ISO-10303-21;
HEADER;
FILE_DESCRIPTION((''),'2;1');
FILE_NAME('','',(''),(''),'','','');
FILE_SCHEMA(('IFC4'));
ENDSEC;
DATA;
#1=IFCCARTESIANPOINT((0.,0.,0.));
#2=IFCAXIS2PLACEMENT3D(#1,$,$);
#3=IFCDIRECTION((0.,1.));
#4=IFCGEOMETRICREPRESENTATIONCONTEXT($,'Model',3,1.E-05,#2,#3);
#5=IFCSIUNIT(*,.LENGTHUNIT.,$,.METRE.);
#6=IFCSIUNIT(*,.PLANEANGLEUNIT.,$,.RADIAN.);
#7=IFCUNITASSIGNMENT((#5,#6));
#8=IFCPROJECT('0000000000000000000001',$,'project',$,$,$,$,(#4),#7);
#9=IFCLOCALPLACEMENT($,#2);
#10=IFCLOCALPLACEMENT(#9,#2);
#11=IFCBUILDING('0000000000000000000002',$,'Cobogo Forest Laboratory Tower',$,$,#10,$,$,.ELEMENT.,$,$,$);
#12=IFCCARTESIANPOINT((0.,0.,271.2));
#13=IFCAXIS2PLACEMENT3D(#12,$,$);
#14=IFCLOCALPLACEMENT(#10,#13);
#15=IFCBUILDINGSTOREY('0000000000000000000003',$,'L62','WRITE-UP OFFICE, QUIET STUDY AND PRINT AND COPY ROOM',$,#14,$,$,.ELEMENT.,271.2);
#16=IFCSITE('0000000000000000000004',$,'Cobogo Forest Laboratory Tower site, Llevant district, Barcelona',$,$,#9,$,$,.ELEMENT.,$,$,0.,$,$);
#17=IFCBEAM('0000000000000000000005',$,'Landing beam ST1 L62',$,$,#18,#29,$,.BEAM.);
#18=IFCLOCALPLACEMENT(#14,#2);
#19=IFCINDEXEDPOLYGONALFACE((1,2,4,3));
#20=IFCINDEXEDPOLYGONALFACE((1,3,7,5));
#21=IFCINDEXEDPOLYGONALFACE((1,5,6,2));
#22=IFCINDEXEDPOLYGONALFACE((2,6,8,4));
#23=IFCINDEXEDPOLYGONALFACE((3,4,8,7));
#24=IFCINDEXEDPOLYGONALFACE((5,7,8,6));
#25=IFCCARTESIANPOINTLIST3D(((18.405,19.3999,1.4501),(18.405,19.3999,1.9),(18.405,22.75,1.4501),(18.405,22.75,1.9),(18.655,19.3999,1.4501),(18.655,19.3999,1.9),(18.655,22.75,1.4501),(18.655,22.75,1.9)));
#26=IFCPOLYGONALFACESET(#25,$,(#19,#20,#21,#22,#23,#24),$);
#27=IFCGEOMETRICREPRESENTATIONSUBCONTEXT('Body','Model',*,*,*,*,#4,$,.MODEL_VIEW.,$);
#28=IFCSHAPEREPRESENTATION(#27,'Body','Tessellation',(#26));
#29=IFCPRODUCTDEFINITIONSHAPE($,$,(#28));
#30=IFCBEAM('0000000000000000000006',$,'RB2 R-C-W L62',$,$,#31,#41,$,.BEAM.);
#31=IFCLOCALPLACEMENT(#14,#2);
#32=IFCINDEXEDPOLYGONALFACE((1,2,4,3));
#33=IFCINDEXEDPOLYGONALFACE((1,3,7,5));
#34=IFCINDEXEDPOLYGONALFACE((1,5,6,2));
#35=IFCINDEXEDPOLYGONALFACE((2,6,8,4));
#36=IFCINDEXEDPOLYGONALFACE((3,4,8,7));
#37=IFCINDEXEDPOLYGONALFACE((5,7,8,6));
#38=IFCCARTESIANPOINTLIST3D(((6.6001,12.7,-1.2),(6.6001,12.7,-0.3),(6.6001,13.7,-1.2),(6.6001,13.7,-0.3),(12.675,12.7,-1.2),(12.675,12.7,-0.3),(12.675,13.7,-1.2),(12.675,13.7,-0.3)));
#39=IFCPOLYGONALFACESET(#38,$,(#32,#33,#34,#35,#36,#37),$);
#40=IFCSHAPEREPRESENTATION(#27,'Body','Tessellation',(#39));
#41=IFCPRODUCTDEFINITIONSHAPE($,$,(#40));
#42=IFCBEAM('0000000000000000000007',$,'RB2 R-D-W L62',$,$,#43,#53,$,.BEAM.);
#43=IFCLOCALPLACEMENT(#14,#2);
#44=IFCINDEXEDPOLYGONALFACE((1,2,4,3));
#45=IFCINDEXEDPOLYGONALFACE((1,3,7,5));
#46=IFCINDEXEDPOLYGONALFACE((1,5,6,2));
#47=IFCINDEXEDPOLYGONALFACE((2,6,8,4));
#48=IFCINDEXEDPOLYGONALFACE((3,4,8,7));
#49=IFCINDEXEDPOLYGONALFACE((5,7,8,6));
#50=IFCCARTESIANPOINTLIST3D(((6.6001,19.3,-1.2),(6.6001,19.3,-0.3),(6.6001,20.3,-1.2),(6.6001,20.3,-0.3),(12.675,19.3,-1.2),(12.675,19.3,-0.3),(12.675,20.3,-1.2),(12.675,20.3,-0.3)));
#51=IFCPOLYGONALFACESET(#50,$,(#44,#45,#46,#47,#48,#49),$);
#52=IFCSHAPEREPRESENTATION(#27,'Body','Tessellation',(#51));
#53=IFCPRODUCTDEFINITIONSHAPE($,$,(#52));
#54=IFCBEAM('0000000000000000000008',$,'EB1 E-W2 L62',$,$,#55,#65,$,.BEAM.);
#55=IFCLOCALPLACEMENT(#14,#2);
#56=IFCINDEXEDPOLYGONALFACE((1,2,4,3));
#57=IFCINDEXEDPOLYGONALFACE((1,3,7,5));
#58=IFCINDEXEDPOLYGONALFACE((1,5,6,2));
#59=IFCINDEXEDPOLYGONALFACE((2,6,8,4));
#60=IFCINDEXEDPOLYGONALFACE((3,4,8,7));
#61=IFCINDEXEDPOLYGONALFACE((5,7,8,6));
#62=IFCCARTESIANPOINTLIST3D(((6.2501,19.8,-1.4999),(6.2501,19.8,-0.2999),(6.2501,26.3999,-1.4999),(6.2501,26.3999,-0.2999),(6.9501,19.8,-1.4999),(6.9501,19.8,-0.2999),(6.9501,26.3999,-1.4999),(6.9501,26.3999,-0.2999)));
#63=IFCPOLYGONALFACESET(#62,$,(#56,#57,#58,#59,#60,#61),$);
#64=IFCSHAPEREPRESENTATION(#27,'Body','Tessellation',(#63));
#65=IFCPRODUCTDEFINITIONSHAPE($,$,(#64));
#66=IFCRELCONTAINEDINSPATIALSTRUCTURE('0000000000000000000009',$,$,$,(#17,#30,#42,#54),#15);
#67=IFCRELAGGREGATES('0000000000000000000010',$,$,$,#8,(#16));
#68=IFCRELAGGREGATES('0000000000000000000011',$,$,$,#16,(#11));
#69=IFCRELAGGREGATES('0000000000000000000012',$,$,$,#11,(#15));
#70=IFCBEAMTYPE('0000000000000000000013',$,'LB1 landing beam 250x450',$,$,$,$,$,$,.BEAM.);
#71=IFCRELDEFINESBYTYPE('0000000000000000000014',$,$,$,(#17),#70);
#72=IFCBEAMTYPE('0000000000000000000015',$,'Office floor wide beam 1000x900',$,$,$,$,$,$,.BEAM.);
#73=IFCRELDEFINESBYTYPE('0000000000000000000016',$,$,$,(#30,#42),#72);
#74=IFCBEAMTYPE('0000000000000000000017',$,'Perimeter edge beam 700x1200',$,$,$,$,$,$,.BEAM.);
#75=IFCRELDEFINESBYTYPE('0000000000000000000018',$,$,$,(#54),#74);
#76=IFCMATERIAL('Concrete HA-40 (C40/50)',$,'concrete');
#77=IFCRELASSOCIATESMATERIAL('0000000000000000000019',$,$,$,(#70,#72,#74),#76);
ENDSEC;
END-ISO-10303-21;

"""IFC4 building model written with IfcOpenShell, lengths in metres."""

from ifc_helpers import new_model, si_unit, direction, frame, origin, origin_2d, place, context, subcontext, project, spatial, rectangle, extrude, material, material_profile, profile_set, type_object, element, save


model = new_model("IFC4")

# Units and contexts
model_context = context("Model", 3, precision=1e-05, world=origin(), true_north=direction((0.0, 1.0)))
body_context = subcontext(model_context, "Body", "Model", "MODEL_VIEW")
ifc_project = project(units=[si_unit("LENGTHUNIT", "METRE"), si_unit("PLANEANGLEUNIT", "RADIAN")], contexts=[model_context])

# Site, building, storey
site_placement = place(None, origin())
site = spatial("IfcSite", under=ifc_project, at=site_placement, Name="Cobogo Forest Laboratory Tower site, Llevant district, Barcelona", CompositionType="ELEMENT", RefElevation=0.0)
building_placement = place(site_placement, origin())
building = spatial("IfcBuilding", under=site, at=building_placement, Name="Cobogo Forest Laboratory Tower", CompositionType="ELEMENT")
storey_placement = place(building_placement, frame((0.0, 0.0, 271.2)))
storey = spatial("IfcBuildingStorey", under=building, at=storey_placement, Name="L62", Description="WRITE-UP OFFICE, QUIET STUDY AND PRINT AND COPY ROOM", CompositionType="ELEMENT", Elevation=271.2)

# Beams
ifc_material_1 = material(Name="Concrete HA-40 (C40/50)", Category="concrete")
ifc_material_profile_1 = material_profile(ifc_material_1, rectangle(XDim=0.25, YDim=0.45, at=origin_2d()), Name="RC 250x450")
ifc_profile_set_1 = profile_set([ifc_material_profile_1], Name="Concrete HA-40 (C40/50)")
beam_type_1 = type_object("IfcBeamType", Name="LB1 landing beam 250x450", PredefinedType="BEAM", material=ifc_profile_set_1)
beam_1_placement = place(storey_placement, frame((18.53, 19.3999, 1.675), z_axis=(0.0, 1.0, 0.0), x_axis=(-1.0, 0.0, 0.0)))
element("IfcBeam", 1, at=beam_1_placement, inside=storey, type_object=beam_type_1, Name="Landing beam ST1 L62", PredefinedType="BEAM", context=body_context, shape_type="SweptSolid", body=[
    extrude(rectangle(XDim=0.25, YDim=0.45, at=origin_2d()), origin(), (0.0, 0.0, 1.0), 3.3501),
])
ifc_material_profile_2 = material_profile(ifc_material_1, rectangle(XDim=1.0, YDim=0.8999, at=origin_2d()), Name="RC 1000x900")
ifc_profile_set_2 = profile_set([ifc_material_profile_2], Name="Concrete HA-40 (C40/50)")
beam_type_2 = type_object("IfcBeamType", Name="Office floor wide beam 1000x900", PredefinedType="BEAM", material=ifc_profile_set_2)
for number, where, z_axis, x_axis, name in (
    (2, (12.675, 13.2, -0.75), (-1.0, 0.0, 0.0), (0.0, -1.0, 0.0), "RB2 R-C-W L62"),
    (3, (12.675, 19.8, -0.75), (-1.0, 0.0, 0.0), (0.0, -1.0, 0.0), "RB2 R-D-W L62"),
):
    element("IfcBeam", number, at=place(storey_placement, frame(where, z_axis=z_axis, x_axis=x_axis)), inside=storey, type_object=beam_type_2, Name=name, PredefinedType="BEAM", context=body_context, shape_type="SweptSolid", body=[
        extrude(rectangle(XDim=1.0, YDim=0.8999, at=origin_2d()), origin(), (0.0, 0.0, 1.0), 6.075),
    ])
ifc_material_profile_3 = material_profile(ifc_material_1, rectangle(XDim=0.7, YDim=1.2, at=origin_2d()), Name="RC 700x1200")
ifc_profile_set_3 = profile_set([ifc_material_profile_3], Name="Concrete HA-40 (C40/50)")
beam_type_3 = type_object("IfcBeamType", Name="Perimeter edge beam 700x1200", PredefinedType="BEAM", material=ifc_profile_set_3)
beam_2_placement = place(storey_placement, frame((6.6001, 19.8, -0.8999), z_axis=(0.0, 1.0, 0.0), x_axis=(-1.0, 0.0, 0.0)))
element("IfcBeam", 4, at=beam_2_placement, inside=storey, type_object=beam_type_3, Name="EB1 E-W2 L62", PredefinedType="BEAM", context=body_context, shape_type="SweptSolid", body=[
    extrude(rectangle(XDim=0.7, YDim=1.2, at=origin_2d()), origin(), (0.0, 0.0, 1.0), 6.5999),
])

save(model, "model.ifc")
